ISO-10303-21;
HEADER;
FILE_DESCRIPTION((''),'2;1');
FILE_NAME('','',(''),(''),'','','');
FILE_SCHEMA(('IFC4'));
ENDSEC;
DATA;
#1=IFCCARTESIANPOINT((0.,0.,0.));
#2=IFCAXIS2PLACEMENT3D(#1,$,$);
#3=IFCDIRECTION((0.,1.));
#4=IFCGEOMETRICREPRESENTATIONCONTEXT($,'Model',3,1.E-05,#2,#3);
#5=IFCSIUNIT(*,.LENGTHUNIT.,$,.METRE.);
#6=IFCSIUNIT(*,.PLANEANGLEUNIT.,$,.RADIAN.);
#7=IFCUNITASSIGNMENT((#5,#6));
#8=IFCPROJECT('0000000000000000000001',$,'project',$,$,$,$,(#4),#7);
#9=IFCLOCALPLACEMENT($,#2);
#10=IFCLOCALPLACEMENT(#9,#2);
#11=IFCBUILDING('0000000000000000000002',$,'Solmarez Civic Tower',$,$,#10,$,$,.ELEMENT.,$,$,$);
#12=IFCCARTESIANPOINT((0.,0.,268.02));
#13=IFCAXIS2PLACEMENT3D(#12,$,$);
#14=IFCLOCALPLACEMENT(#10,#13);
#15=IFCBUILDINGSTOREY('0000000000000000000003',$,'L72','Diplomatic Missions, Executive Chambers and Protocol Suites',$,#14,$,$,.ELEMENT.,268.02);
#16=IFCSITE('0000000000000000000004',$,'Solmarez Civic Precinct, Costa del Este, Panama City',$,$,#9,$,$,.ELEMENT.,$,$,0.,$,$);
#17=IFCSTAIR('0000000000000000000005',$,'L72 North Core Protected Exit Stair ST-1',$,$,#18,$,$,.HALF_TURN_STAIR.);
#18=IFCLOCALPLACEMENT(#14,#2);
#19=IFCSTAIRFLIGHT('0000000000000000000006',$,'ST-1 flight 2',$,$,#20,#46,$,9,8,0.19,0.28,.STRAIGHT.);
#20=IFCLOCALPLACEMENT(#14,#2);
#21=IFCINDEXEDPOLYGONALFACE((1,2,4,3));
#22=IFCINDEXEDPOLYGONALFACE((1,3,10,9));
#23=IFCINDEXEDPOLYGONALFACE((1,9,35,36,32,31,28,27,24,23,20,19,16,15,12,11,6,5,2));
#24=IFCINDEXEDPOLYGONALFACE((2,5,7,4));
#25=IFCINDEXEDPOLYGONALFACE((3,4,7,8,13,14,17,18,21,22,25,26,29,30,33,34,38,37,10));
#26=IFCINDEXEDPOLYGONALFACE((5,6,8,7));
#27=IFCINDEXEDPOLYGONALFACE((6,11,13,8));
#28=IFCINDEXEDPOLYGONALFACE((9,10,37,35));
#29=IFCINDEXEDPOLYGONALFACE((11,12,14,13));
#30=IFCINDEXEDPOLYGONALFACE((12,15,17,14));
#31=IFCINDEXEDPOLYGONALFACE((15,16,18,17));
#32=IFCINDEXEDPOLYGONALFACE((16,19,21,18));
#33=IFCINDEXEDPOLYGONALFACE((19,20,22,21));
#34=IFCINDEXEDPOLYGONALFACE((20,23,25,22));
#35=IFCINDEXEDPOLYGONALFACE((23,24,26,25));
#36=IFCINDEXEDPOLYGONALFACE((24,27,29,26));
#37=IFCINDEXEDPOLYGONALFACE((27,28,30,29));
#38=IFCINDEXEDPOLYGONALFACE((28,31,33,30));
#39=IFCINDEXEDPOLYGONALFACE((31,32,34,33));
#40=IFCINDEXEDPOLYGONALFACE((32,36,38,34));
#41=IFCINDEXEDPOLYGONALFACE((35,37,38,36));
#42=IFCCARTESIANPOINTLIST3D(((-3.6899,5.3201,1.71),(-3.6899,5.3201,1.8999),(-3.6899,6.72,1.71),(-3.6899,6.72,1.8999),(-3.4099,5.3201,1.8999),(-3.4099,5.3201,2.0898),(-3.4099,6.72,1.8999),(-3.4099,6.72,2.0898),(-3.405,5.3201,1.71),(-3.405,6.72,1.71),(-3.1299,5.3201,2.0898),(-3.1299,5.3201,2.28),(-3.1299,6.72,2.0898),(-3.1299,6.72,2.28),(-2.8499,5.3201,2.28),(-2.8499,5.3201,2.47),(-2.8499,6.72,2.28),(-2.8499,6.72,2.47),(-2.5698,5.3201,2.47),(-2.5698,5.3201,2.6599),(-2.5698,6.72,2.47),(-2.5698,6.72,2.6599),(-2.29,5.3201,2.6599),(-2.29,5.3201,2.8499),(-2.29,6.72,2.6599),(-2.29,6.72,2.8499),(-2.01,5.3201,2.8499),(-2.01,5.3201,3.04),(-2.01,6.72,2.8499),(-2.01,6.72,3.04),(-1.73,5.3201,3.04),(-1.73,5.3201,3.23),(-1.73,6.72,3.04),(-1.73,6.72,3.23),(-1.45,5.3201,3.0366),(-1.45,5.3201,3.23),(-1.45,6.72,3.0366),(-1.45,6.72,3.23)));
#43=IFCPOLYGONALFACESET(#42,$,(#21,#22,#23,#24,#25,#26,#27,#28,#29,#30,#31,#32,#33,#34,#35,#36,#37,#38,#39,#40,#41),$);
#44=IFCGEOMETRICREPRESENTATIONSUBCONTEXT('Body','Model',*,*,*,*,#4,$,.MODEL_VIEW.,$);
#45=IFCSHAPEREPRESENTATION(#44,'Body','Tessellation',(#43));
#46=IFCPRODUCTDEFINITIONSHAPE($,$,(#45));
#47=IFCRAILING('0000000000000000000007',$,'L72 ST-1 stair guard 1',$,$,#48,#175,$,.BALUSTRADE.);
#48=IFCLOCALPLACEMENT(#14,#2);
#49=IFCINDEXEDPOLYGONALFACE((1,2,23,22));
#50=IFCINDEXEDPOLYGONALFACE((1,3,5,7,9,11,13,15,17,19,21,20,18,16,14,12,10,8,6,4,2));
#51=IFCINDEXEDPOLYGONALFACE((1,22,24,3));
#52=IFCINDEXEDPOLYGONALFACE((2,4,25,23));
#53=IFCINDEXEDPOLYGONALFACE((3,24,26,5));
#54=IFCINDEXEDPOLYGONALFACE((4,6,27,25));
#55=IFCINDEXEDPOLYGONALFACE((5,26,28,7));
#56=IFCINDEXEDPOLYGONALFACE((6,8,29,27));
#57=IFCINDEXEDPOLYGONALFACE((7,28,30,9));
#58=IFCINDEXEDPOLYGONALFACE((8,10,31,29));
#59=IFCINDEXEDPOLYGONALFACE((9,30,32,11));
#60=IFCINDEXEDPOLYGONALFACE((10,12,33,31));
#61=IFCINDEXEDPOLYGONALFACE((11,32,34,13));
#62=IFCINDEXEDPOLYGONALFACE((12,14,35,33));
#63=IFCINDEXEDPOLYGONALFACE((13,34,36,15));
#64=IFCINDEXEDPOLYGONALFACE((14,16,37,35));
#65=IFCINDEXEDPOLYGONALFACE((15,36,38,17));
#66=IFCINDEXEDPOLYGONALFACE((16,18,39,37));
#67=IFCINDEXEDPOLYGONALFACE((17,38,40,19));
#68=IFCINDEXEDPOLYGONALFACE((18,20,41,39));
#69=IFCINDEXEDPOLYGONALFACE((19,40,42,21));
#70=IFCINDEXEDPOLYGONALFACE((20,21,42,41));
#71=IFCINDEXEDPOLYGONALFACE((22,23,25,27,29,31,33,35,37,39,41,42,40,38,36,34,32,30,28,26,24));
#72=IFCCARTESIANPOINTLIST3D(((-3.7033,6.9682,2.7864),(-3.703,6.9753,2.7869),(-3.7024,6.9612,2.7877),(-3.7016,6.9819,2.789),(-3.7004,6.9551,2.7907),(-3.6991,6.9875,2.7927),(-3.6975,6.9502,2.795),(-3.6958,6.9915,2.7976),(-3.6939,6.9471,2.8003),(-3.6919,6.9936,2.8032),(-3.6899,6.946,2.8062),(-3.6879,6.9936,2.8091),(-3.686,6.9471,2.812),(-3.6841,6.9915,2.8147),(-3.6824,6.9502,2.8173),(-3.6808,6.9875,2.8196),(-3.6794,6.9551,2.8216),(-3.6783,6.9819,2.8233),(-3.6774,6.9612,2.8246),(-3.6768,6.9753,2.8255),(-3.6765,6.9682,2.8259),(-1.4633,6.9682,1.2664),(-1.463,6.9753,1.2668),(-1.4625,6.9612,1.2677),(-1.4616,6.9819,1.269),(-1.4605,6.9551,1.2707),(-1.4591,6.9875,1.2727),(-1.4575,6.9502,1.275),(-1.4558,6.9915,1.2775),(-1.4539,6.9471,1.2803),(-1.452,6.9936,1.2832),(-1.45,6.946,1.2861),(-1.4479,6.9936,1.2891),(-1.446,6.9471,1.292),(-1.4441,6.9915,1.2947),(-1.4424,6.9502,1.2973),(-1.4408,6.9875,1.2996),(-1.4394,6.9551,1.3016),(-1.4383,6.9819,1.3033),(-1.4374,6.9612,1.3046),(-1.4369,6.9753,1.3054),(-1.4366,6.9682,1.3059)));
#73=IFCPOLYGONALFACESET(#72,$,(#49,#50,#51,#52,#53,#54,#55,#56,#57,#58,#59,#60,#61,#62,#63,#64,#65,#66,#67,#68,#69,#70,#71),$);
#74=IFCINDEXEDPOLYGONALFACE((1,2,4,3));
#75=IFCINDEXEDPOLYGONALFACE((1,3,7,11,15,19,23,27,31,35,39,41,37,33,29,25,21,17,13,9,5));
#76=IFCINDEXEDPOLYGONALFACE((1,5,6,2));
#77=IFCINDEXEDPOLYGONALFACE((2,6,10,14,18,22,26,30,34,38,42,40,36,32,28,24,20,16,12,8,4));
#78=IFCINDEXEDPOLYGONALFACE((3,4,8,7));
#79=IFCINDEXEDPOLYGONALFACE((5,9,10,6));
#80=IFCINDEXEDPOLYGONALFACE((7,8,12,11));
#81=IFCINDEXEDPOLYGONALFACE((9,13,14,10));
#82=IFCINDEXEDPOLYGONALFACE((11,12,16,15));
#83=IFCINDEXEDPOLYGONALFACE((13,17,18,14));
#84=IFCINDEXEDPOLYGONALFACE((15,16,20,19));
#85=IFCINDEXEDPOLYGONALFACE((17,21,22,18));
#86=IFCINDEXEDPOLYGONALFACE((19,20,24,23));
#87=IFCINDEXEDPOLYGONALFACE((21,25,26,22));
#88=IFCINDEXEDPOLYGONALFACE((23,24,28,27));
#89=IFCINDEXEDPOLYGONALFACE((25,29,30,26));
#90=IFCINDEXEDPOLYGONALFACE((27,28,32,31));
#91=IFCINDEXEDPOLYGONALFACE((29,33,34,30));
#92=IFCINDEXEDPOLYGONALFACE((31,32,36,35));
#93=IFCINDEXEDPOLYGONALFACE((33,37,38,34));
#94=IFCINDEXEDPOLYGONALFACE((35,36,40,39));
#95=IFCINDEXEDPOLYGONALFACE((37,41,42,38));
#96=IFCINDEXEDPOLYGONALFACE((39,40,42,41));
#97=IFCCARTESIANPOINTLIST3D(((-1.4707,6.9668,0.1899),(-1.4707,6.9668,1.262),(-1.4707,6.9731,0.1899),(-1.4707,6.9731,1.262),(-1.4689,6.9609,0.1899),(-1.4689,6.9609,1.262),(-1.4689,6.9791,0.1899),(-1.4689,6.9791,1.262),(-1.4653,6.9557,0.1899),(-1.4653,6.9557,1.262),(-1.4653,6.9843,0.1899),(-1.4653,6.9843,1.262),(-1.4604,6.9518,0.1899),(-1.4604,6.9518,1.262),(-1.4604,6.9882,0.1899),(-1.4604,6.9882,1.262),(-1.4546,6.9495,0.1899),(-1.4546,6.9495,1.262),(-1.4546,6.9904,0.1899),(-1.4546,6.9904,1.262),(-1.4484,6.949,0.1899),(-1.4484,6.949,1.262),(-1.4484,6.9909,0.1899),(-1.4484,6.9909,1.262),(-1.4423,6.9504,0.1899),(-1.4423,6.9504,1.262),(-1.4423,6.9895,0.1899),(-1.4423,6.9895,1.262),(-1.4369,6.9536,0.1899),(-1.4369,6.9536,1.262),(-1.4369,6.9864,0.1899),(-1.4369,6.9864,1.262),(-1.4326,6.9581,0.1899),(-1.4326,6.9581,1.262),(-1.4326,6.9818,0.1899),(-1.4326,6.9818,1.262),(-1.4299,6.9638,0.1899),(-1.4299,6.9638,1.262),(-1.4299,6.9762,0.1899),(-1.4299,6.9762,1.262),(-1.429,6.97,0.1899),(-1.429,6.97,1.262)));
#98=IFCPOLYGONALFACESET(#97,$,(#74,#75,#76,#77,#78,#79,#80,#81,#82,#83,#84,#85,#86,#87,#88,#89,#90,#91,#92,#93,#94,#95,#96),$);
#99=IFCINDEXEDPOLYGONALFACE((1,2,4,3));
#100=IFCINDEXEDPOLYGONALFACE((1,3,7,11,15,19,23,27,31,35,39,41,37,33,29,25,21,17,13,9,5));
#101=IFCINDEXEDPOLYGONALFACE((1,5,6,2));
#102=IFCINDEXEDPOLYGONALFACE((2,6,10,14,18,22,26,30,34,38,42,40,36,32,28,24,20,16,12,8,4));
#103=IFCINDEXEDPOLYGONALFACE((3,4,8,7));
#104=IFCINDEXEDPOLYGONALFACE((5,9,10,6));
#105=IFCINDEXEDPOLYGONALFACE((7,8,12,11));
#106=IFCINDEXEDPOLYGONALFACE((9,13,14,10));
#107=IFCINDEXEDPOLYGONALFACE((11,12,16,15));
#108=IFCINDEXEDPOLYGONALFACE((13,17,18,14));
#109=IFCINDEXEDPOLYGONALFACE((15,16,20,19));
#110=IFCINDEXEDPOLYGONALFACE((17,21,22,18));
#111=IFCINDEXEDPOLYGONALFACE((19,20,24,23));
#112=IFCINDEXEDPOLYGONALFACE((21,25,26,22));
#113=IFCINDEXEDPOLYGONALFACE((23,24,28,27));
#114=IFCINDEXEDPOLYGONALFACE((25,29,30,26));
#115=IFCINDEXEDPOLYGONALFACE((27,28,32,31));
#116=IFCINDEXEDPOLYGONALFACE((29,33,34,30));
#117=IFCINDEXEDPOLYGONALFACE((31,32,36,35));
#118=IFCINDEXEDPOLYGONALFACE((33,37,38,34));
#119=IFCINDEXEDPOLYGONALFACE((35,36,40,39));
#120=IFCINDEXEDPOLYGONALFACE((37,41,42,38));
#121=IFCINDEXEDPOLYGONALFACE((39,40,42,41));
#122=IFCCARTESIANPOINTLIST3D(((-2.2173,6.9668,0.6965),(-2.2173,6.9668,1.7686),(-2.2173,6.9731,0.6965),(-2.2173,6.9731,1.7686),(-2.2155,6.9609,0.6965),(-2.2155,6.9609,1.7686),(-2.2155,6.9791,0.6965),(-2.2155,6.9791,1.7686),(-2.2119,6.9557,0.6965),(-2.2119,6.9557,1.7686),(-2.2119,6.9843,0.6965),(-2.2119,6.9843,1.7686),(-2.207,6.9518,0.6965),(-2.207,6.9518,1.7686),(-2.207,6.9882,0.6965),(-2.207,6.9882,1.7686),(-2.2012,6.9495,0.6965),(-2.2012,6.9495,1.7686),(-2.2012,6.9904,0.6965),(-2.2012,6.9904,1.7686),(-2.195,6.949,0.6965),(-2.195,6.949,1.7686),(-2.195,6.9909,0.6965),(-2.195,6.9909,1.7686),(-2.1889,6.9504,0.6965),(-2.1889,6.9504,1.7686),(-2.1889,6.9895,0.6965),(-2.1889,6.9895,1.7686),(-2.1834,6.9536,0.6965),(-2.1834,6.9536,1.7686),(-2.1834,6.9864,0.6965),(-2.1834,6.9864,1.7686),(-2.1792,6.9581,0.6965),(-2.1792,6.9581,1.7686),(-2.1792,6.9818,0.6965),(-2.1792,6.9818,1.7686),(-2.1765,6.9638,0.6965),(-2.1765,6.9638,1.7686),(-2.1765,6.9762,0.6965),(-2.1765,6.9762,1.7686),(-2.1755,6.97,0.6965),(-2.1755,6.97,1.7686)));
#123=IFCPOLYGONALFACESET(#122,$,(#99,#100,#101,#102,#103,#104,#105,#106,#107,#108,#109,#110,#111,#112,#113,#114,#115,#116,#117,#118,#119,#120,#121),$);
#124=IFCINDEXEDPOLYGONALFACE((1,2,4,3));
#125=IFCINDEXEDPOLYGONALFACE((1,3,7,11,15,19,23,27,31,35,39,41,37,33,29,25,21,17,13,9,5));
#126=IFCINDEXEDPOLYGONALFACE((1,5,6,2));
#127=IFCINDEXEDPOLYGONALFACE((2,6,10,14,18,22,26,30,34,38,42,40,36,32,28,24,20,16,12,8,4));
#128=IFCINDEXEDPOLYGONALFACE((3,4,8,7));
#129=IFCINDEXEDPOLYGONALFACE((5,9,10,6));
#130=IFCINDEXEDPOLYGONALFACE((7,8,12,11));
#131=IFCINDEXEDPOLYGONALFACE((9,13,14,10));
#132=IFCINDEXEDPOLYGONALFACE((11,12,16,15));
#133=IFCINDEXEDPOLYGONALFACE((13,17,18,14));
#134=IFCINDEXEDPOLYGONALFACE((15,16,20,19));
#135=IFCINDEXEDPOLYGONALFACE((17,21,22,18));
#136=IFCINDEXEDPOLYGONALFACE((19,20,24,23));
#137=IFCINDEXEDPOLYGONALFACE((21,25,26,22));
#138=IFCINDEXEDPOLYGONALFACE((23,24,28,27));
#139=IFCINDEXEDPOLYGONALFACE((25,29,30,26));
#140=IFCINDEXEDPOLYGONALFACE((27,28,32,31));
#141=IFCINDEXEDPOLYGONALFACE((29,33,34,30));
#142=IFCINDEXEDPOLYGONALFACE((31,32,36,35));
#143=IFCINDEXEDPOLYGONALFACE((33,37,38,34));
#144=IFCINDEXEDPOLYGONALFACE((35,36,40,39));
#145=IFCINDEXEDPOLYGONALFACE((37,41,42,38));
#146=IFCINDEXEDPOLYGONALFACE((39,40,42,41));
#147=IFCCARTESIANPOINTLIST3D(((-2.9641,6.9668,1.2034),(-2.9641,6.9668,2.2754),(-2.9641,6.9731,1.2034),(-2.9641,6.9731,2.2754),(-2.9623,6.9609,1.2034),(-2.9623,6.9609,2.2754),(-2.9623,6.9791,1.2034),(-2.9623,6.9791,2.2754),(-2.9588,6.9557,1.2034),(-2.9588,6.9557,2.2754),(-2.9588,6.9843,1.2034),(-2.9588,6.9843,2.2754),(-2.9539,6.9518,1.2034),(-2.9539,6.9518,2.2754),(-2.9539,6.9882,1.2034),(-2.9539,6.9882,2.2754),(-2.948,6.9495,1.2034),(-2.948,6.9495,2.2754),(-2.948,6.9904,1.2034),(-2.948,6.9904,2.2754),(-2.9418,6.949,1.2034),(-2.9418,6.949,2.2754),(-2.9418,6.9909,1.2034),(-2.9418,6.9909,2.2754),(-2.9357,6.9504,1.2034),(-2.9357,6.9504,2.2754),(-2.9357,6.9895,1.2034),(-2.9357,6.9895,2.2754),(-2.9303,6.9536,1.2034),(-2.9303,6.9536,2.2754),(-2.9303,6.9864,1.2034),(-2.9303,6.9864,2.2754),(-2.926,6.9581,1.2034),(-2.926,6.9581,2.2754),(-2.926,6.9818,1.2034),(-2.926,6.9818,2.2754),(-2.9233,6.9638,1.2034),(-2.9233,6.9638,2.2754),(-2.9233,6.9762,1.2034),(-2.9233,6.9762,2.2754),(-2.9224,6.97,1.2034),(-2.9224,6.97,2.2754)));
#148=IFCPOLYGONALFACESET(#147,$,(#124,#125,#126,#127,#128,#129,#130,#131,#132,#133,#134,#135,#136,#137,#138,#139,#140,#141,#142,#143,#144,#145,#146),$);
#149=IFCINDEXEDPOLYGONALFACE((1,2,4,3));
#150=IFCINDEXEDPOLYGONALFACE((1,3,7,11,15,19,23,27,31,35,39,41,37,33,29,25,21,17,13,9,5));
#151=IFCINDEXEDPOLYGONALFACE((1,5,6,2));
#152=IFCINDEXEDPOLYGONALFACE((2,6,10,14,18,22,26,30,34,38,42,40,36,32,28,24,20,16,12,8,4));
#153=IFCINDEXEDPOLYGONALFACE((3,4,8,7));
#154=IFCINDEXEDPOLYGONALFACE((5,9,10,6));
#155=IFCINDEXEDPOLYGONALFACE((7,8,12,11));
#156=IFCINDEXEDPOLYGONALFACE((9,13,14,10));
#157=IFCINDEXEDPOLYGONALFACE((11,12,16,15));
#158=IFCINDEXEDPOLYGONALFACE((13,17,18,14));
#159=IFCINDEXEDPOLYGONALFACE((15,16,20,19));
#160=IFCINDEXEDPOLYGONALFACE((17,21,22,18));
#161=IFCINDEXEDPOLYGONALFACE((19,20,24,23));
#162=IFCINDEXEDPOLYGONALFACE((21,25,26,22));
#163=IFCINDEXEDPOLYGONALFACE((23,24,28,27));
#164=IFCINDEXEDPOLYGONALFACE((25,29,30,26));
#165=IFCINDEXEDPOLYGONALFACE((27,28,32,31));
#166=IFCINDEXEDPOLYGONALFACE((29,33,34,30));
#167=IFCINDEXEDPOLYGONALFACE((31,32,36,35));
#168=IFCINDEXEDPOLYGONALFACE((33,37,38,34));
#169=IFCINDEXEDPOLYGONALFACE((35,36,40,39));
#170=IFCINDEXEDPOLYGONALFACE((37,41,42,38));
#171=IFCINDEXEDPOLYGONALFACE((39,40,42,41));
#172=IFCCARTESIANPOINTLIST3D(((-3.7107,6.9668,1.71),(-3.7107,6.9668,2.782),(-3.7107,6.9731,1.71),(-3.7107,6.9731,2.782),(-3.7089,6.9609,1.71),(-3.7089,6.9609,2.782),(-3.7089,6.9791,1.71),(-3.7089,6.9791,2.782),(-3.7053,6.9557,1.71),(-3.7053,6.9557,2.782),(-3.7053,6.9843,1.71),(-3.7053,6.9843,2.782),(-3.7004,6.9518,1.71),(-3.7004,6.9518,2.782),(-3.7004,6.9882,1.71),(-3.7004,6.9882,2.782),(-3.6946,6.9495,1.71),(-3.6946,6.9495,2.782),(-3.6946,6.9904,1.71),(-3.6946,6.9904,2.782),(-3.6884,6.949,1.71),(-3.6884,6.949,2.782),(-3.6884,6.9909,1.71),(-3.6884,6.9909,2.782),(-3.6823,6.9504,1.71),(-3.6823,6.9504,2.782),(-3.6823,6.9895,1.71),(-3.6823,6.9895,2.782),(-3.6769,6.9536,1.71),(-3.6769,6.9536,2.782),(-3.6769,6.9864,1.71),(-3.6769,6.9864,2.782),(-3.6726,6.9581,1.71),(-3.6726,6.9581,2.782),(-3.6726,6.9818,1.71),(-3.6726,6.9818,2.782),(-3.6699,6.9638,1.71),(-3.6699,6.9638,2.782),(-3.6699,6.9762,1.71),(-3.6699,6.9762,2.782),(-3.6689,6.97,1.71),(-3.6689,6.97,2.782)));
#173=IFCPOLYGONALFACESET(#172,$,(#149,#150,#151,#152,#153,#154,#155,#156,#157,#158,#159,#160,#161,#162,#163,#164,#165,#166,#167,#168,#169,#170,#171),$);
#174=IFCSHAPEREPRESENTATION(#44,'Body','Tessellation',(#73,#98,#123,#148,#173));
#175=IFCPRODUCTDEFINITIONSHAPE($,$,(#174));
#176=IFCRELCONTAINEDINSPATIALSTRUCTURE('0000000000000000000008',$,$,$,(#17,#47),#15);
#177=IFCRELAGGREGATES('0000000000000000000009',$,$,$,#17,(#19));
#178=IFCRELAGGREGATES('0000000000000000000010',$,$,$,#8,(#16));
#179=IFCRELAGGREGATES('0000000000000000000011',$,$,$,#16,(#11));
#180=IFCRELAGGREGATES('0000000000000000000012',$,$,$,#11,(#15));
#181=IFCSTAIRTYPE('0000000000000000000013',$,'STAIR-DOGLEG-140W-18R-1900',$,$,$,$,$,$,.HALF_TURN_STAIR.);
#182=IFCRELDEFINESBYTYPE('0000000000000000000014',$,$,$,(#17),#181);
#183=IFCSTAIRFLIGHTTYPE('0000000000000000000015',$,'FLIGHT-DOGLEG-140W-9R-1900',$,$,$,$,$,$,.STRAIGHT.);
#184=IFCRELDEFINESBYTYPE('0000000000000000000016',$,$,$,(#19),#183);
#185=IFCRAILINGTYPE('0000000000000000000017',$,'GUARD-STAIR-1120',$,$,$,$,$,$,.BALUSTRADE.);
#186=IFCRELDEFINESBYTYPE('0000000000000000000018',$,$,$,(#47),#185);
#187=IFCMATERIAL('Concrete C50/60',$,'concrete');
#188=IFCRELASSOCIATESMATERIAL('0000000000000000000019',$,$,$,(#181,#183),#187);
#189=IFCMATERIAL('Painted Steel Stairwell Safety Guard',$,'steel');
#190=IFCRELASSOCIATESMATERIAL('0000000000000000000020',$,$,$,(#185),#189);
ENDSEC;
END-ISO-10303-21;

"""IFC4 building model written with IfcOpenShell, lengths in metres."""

from ifc_helpers import new_model, si_unit, direction, frame, origin, origin_2d, place, context, subcontext, project, spatial, polyline, circle, outline, extrude, material, type_object, element, aggregate, save


model = new_model("IFC4")

# Units and contexts
model_context = context("Model", 3, precision=1e-05, world=origin(), true_north=direction((0.0, 1.0)))
body_context = subcontext(model_context, "Body", "Model", "MODEL_VIEW")
ifc_project = project(units=[si_unit("LENGTHUNIT", "METRE"), si_unit("PLANEANGLEUNIT", "RADIAN")], contexts=[model_context])

# Site, building, storey
site_placement = place(None, origin())
site = spatial("IfcSite", under=ifc_project, at=site_placement, Name="Solmarez Civic Precinct, Costa del Este, Panama City", CompositionType="ELEMENT", RefElevation=0.0)
building_placement = place(site_placement, origin())
building = spatial("IfcBuilding", under=site, at=building_placement, Name="Solmarez Civic Tower", CompositionType="ELEMENT")
storey_placement = place(building_placement, frame((0.0, 0.0, 268.02)))
storey = spatial("IfcBuildingStorey", under=building, at=storey_placement, Name="L72", Description="Diplomatic Missions, Executive Chambers and Protocol Suites", CompositionType="ELEMENT", Elevation=268.02)

# Shared definitions
ifc_material_1 = material(Name="Concrete C50/60", Category="concrete")

# Stair, stair flight
stair_type = type_object("IfcStairType", Name="STAIR-DOGLEG-140W-18R-1900", PredefinedType="HALF_TURN_STAIR", material=ifc_material_1)
stair_placement = place(storey_placement, origin())
stair = element("IfcStair", 1, at=stair_placement, inside=storey, type_object=stair_type, Name="L72 North Core Protected Exit Stair ST-1", PredefinedType="HALF_TURN_STAIR")
stair_flight_type = type_object("IfcStairFlightType", Name="FLIGHT-DOGLEG-140W-9R-1900", PredefinedType="STRAIGHT", material=ifc_material_1)
stair_flight_placement = place(storey_placement, frame((-3.6899, 6.02, 1.71), z_axis=(0.0, 0.0, 1.0), x_axis=(1.0, 0.0, 0.0)))
stair_flight = element("IfcStairFlight", 2, at=stair_flight_placement, type_object=stair_flight_type, Name="ST-1 flight 2", NumberOfRisers=9, NumberOfTreads=8, PredefinedType="STRAIGHT", RiserHeight=0.19, TreadLength=0.28, context=body_context, shape_type="SweptSolid", body=[
    extrude(outline(polyline([(0.0, 0.0), (0.0, 0.1899), (0.28, 0.1899), (0.28, 0.3799), (0.5601, 0.3799), (0.5601, 0.5701), (0.8401, 0.5701), (0.8401, 0.76), (1.1201, 0.76), (1.1201, 0.95), (1.3999, 0.95), (1.3999, 1.1399), (1.6799, 1.1399), (1.6799, 1.3301), (1.96, 1.3301), (1.96, 1.52), (2.24, 1.52), (2.24, 1.71), (2.24, 1.3267), (0.2849, 0.0), (0.0, 0.0)])), frame((0.0, 0.7, 0.0), z_axis=(0.0, -1.0, 0.0), x_axis=(1.0, 0.0, 0.0)), (0.0, 0.0, 1.0), 1.3999),
])
aggregate(stair, [stair_flight])

# Railing
ifc_material_2 = material(Name="Painted Steel Stairwell Safety Guard", Category="steel")
railing_type_1 = type_object("IfcRailingType", Name="GUARD-STAIR-1120", PredefinedType="BALUSTRADE", material=ifc_material_2)
railing_1_placement = place(storey_placement, frame((-1.45, 6.97, 0.1899)))
element("IfcRailing", 3, at=railing_1_placement, inside=storey, type_object=railing_type_1, Name="L72 ST-1 stair guard 1", PredefinedType="BALUSTRADE", context=body_context, shape_type="SweptSolid", body=[
    extrude(circle(Radius=0.0239, at=origin_2d()), frame((0.0, 0.0, 1.0962), z_axis=(-0.827471, 0.0, 0.561508), x_axis=(0.0, -1.0, 0.0)), (0.0, 0.0, 1.0), 2.707),
    extrude(circle(Radius=0.021, at=origin_2d()), origin(), (0.0, 0.0, 1.0), 1.072),
    extrude(circle(Radius=0.021, at=origin_2d()), frame((-0.7466, 0.0, 0.5066)), (0.0, 0.0, 1.0), 1.072),
    extrude(circle(Radius=0.021, at=origin_2d()), frame((-1.4934, 0.0, 1.0134)), (0.0, 0.0, 1.0), 1.072),
    extrude(circle(Radius=0.021, at=origin_2d()), frame((-2.24, 0.0, 1.52)), (0.0, 0.0, 1.0), 1.072),
])

save(model, "model.ifc")
